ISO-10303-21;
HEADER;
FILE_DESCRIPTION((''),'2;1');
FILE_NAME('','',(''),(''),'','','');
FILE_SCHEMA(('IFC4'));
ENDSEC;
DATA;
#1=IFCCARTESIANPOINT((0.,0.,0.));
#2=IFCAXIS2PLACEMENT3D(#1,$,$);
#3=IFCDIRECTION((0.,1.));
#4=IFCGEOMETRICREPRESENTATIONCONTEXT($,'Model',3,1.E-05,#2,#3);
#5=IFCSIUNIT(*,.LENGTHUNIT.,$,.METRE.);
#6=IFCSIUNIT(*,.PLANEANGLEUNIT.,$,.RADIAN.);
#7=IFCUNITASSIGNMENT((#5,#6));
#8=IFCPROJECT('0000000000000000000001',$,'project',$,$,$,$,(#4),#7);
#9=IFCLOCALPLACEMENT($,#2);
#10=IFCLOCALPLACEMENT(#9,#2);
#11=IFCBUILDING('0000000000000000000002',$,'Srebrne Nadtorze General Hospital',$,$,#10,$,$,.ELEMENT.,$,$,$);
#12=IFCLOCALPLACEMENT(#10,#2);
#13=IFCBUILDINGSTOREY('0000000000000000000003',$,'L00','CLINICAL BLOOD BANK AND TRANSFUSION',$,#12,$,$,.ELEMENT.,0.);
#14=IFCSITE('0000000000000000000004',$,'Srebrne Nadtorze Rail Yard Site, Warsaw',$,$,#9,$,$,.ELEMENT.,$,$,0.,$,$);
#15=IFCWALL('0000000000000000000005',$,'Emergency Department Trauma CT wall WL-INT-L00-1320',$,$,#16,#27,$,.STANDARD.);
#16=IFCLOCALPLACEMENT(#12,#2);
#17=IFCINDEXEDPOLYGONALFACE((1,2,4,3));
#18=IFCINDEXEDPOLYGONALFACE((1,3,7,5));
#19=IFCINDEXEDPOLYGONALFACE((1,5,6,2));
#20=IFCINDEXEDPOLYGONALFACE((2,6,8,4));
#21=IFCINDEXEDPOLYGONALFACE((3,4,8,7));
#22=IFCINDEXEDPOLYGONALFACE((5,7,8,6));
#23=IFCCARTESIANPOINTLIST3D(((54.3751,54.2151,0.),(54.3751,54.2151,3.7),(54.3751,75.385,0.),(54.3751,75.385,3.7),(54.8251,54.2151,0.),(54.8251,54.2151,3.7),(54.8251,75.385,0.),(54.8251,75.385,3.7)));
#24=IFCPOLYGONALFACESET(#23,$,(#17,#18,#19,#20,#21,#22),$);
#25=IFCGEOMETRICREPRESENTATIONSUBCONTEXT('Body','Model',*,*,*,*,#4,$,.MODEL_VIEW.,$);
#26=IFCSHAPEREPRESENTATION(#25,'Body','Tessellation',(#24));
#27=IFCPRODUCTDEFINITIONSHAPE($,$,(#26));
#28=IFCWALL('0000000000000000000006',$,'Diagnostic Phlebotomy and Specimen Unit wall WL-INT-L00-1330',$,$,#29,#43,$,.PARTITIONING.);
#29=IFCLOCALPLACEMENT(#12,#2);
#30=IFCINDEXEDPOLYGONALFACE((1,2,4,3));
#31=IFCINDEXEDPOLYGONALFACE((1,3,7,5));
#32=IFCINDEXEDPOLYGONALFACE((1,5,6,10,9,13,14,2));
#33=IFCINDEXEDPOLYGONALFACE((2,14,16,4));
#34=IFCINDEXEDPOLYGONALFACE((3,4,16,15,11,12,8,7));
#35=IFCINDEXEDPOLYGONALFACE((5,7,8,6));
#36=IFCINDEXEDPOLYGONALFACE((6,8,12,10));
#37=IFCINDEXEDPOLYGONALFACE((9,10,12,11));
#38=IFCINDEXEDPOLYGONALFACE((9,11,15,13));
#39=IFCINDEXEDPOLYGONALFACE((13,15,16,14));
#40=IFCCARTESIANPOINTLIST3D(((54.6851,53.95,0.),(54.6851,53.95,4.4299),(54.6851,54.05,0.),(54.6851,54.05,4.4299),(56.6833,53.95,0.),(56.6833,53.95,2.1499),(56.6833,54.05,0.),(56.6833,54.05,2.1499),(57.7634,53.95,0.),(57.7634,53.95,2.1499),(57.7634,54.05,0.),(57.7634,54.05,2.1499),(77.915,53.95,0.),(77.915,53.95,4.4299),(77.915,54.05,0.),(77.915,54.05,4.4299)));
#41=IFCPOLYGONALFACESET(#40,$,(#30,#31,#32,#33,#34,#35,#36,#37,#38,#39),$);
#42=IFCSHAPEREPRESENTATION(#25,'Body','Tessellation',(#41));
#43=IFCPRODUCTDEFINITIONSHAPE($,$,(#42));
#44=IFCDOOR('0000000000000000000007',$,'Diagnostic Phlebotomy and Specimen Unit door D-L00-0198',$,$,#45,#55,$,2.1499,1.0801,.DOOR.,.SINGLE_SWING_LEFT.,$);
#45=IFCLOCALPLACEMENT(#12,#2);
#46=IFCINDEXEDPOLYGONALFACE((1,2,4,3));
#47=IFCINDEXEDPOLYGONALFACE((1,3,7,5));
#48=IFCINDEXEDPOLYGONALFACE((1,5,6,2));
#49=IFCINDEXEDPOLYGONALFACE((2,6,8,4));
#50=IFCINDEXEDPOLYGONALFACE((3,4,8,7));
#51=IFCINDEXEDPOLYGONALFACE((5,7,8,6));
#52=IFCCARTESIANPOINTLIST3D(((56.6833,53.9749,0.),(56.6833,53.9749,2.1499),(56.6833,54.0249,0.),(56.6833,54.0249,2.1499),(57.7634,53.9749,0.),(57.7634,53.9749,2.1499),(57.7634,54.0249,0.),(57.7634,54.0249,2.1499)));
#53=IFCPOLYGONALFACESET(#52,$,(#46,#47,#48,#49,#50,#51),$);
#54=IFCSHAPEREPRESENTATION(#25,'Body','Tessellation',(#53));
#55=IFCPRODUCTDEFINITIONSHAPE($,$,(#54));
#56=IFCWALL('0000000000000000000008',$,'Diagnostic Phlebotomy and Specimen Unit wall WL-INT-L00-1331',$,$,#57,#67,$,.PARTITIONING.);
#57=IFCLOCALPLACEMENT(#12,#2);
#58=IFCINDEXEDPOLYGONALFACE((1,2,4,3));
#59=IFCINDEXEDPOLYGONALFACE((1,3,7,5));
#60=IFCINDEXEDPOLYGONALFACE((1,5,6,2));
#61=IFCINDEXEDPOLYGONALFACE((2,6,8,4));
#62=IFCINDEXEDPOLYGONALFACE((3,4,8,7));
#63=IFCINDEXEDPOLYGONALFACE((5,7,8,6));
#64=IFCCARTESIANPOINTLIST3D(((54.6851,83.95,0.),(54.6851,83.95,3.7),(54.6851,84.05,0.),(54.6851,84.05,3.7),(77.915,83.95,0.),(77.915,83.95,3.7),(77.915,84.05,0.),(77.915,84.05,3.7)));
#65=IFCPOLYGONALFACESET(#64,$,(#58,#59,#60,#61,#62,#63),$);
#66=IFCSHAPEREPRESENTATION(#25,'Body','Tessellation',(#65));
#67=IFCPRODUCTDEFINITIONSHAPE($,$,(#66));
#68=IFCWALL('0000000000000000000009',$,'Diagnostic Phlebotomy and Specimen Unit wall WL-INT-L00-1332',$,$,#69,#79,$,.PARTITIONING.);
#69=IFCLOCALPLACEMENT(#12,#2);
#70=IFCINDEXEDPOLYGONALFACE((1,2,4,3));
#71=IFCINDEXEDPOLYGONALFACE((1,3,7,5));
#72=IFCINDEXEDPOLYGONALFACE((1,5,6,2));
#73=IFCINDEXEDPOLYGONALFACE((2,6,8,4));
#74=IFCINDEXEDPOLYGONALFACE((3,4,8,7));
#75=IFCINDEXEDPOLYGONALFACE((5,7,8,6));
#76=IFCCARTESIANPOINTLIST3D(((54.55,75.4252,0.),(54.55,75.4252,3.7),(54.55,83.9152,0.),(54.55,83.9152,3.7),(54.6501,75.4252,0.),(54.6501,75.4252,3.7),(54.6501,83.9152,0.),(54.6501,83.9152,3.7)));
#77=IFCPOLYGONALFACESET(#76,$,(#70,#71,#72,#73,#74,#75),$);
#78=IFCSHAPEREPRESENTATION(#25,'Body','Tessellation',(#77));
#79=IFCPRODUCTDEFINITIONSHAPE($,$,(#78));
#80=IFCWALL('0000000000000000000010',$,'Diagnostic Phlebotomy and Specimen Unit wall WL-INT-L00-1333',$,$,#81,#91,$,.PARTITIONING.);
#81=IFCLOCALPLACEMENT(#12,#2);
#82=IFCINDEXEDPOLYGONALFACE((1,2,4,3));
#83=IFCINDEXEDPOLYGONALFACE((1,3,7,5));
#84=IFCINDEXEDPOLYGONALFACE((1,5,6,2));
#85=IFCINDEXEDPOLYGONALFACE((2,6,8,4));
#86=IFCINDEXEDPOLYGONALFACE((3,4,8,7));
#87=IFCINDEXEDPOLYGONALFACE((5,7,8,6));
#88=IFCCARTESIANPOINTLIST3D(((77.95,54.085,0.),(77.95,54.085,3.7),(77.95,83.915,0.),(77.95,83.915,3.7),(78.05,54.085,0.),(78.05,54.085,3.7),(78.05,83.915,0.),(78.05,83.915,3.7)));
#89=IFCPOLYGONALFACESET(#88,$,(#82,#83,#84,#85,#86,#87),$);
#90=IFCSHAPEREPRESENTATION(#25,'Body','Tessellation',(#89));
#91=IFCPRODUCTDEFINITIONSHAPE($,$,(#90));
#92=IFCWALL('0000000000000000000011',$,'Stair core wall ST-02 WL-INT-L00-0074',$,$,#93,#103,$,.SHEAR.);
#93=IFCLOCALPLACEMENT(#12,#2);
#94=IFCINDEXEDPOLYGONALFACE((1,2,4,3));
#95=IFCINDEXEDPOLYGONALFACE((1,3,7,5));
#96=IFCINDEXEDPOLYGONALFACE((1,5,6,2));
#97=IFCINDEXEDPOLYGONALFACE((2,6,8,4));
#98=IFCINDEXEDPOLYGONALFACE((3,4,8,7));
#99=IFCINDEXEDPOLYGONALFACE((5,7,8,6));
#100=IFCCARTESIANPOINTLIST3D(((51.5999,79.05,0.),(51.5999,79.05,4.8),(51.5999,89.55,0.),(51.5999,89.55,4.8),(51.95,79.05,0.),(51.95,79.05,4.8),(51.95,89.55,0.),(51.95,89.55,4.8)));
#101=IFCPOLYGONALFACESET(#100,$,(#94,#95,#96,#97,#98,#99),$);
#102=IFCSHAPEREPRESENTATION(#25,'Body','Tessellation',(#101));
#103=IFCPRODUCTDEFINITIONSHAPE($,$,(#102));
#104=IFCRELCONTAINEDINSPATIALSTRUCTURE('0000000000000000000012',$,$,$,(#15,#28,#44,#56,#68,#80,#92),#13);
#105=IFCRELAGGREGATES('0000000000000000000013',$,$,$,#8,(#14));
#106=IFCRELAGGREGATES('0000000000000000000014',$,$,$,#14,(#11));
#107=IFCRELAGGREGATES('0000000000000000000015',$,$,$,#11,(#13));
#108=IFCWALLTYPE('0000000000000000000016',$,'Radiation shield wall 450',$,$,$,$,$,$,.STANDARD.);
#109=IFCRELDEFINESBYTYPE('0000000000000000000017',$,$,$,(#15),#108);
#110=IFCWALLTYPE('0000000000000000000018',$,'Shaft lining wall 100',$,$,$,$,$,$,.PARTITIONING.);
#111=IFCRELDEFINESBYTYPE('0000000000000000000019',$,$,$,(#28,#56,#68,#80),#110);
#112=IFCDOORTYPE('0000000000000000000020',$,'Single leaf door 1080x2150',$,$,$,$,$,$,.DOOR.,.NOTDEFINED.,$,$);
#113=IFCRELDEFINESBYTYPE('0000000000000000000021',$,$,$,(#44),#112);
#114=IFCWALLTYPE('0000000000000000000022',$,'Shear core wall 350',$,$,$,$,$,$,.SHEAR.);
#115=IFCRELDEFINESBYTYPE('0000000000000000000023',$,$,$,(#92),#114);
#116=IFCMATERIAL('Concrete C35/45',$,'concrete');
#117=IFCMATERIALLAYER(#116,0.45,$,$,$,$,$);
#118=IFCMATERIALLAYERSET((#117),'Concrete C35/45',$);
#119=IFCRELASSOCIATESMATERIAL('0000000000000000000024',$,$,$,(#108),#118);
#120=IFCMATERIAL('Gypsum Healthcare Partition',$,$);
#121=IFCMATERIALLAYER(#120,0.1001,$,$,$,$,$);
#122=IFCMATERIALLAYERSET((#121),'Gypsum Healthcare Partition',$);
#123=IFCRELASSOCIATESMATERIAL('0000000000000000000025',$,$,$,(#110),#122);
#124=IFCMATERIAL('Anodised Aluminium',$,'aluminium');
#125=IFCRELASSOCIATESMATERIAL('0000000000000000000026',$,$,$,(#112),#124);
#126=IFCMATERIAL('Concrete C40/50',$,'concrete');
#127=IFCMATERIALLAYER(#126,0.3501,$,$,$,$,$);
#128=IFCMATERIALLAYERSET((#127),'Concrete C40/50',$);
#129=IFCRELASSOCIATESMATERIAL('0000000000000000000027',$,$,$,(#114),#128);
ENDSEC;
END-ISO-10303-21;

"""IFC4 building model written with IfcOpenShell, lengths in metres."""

from ifc_helpers import new_model, si_unit, direction, frame, frame_2d, origin, place, context, subcontext, project, spatial, rectangle, extrude, material, layer, layer_set, type_object, element, fill, save


model = new_model("IFC4")

# Units and contexts
model_context = context("Model", 3, precision=1e-05, world=origin(), true_north=direction((0.0, 1.0)))
body_context = subcontext(model_context, "Body", "Model", "MODEL_VIEW")
ifc_project = project(units=[si_unit("LENGTHUNIT", "METRE"), si_unit("PLANEANGLEUNIT", "RADIAN")], contexts=[model_context])

# Site, building, storey
site_placement = place(None, origin())
site = spatial("IfcSite", under=ifc_project, at=site_placement, Name="Srebrne Nadtorze Rail Yard Site, Warsaw", CompositionType="ELEMENT", RefElevation=0.0)
building_placement = place(site_placement, origin())
building = spatial("IfcBuilding", under=site, at=building_placement, Name="Srebrne Nadtorze General Hospital", CompositionType="ELEMENT")
storey_placement = place(building_placement, origin())
storey = spatial("IfcBuildingStorey", under=building, at=storey_placement, Name="L00", Description="CLINICAL BLOOD BANK AND TRANSFUSION", CompositionType="ELEMENT", Elevation=0.0)

# Wall
ifc_material_1 = material(Name="Concrete C35/45", Category="concrete")
ifc_layer_1 = layer(ifc_material_1, 0.45)
ifc_layer_set_1 = layer_set([ifc_layer_1], Name="Concrete C35/45")
wall_type_1 = type_object("IfcWallType", Name="Radiation shield wall 450", PredefinedType="STANDARD", material=ifc_layer_set_1)
wall_1_placement = place(storey_placement, frame((54.6001, 54.2151, 0.0), z_axis=(0.0, 0.0, 1.0), x_axis=(0.0, 1.0, 0.0)))
element("IfcWall", 1, at=wall_1_placement, inside=storey, type_object=wall_type_1, Name="Emergency Department Trauma CT wall WL-INT-L00-1320", PredefinedType="STANDARD", context=body_context, shape_type="SweptSolid", body=[
    extrude(rectangle(XDim=21.1699, YDim=0.45, at=frame_2d((10.585, 0.0))), origin(), (0.0, 0.0, 1.0), 3.7),
])

# Wall, opening, door
ifc_material_2 = material(Name="Gypsum Healthcare Partition")
ifc_layer_2 = layer(ifc_material_2, 0.1001)
ifc_layer_set_2 = layer_set([ifc_layer_2], Name="Gypsum Healthcare Partition")
wall_type_2 = type_object("IfcWallType", Name="Shaft lining wall 100", PredefinedType="PARTITIONING", material=ifc_layer_set_2)
wall_2_placement = place(storey_placement, frame((54.6851, 54.0, 0.0), z_axis=(0.0, 0.0, 1.0), x_axis=(1.0, 0.0, 0.0)))
wall_2 = element("IfcWall", 2, at=wall_2_placement, inside=storey, type_object=wall_type_2, Name="Diagnostic Phlebotomy and Specimen Unit wall WL-INT-L00-1330", PredefinedType="PARTITIONING", context=body_context, shape_type="SweptSolid", body=[
    extrude(rectangle(XDim=23.23, YDim=0.1001, at=frame_2d((11.615, 0.0))), origin(), (0.0, 0.0, 1.0), 4.4299),
])
opening_placement = place(wall_2_placement, frame((1.9983, 0.0, 0.0)))
opening = element("IfcOpeningElement", 3, at=opening_placement, cuts=wall_2, PredefinedType="OPENING", context=body_context, shape_type="SweptSolid", body=[
    extrude(rectangle(XDim=1.0801, YDim=2.1499, at=frame_2d((0.54, 1.075))), frame((0.0, 0.062, 0.0), z_axis=(0.0, -1.0, 0.0), x_axis=(1.0, 0.0, 0.0)), (0.0, 0.0, 1.0), 0.124),
])
ifc_material_3 = material(Name="Anodised Aluminium", Category="aluminium")
door_type = type_object("IfcDoorType", Name="Single leaf door 1080x2150", OperationType="NOTDEFINED", PredefinedType="DOOR", material=ifc_material_3)
door_placement = place(opening_placement, origin())
door = element("IfcDoor", 4, at=door_placement, inside=storey, type_object=door_type, Name="Diagnostic Phlebotomy and Specimen Unit door D-L00-0198", OperationType="SINGLE_SWING_LEFT", OverallHeight=2.1499, OverallWidth=1.0801, PredefinedType="DOOR", context=body_context, shape_type="SweptSolid", body=[
    extrude(rectangle(XDim=1.0801, YDim=2.1499, at=frame_2d((0.54, 1.075))), frame((0.0, 0.0249, 0.0), z_axis=(0.0, -1.0, 0.0), x_axis=(1.0, 0.0, 0.0)), (0.0, 0.0, 1.0), 0.05),
])
fill(opening, door)

# Walls
wall_3_placement = place(storey_placement, frame((54.6851, 84.0, 0.0), z_axis=(0.0, 0.0, 1.0), x_axis=(1.0, 0.0, 0.0)))
element("IfcWall", 5, at=wall_3_placement, inside=storey, type_object=wall_type_2, Name="Diagnostic Phlebotomy and Specimen Unit wall WL-INT-L00-1331", PredefinedType="PARTITIONING", context=body_context, shape_type="SweptSolid", body=[
    extrude(rectangle(XDim=23.23, YDim=0.1001, at=frame_2d((11.615, 0.0))), origin(), (0.0, 0.0, 1.0), 3.7),
])
wall_4_placement = place(storey_placement, frame((54.6001, 75.425, 0.0), z_axis=(0.0, 0.0, 1.0), x_axis=(0.0, 1.0, 0.0)))
element("IfcWall", 6, at=wall_4_placement, inside=storey, type_object=wall_type_2, Name="Diagnostic Phlebotomy and Specimen Unit wall WL-INT-L00-1332", PredefinedType="PARTITIONING", context=body_context, shape_type="SweptSolid", body=[
    extrude(rectangle(XDim=8.49, YDim=0.1001, at=frame_2d((4.2451, 0.0))), origin(), (0.0, 0.0, 1.0), 3.7),
])
wall_5_placement = place(storey_placement, frame((78.0, 54.085, 0.0), z_axis=(0.0, 0.0, 1.0), x_axis=(0.0, 1.0, 0.0)))
element("IfcWall", 7, at=wall_5_placement, inside=storey, type_object=wall_type_2, Name="Diagnostic Phlebotomy and Specimen Unit wall WL-INT-L00-1333", PredefinedType="PARTITIONING", context=body_context, shape_type="SweptSolid", body=[
    extrude(rectangle(XDim=29.8301, YDim=0.1001, at=frame_2d((14.915, 0.0))), origin(), (0.0, 0.0, 1.0), 3.7),
])
ifc_material_4 = material(Name="Concrete C40/50", Category="concrete")
ifc_layer_3 = layer(ifc_material_4, 0.3501)
ifc_layer_set_3 = layer_set([ifc_layer_3], Name="Concrete C40/50")
wall_type_3 = type_object("IfcWallType", Name="Shear core wall 350", PredefinedType="SHEAR", material=ifc_layer_set_3)
wall_6_placement = place(storey_placement, frame((51.7749, 79.05, 0.0), z_axis=(0.0, 0.0, 1.0), x_axis=(0.0, 1.0, 0.0)))
element("IfcWall", 8, at=wall_6_placement, inside=storey, type_object=wall_type_3, Name="Stair core wall ST-02 WL-INT-L00-0074", PredefinedType="SHEAR", context=body_context, shape_type="SweptSolid", body=[
    extrude(rectangle(XDim=10.5, YDim=0.3501, at=frame_2d((5.25, 0.0))), origin(), (0.0, 0.0, 1.0), 4.8),
])

save(model, "model.ifc")
